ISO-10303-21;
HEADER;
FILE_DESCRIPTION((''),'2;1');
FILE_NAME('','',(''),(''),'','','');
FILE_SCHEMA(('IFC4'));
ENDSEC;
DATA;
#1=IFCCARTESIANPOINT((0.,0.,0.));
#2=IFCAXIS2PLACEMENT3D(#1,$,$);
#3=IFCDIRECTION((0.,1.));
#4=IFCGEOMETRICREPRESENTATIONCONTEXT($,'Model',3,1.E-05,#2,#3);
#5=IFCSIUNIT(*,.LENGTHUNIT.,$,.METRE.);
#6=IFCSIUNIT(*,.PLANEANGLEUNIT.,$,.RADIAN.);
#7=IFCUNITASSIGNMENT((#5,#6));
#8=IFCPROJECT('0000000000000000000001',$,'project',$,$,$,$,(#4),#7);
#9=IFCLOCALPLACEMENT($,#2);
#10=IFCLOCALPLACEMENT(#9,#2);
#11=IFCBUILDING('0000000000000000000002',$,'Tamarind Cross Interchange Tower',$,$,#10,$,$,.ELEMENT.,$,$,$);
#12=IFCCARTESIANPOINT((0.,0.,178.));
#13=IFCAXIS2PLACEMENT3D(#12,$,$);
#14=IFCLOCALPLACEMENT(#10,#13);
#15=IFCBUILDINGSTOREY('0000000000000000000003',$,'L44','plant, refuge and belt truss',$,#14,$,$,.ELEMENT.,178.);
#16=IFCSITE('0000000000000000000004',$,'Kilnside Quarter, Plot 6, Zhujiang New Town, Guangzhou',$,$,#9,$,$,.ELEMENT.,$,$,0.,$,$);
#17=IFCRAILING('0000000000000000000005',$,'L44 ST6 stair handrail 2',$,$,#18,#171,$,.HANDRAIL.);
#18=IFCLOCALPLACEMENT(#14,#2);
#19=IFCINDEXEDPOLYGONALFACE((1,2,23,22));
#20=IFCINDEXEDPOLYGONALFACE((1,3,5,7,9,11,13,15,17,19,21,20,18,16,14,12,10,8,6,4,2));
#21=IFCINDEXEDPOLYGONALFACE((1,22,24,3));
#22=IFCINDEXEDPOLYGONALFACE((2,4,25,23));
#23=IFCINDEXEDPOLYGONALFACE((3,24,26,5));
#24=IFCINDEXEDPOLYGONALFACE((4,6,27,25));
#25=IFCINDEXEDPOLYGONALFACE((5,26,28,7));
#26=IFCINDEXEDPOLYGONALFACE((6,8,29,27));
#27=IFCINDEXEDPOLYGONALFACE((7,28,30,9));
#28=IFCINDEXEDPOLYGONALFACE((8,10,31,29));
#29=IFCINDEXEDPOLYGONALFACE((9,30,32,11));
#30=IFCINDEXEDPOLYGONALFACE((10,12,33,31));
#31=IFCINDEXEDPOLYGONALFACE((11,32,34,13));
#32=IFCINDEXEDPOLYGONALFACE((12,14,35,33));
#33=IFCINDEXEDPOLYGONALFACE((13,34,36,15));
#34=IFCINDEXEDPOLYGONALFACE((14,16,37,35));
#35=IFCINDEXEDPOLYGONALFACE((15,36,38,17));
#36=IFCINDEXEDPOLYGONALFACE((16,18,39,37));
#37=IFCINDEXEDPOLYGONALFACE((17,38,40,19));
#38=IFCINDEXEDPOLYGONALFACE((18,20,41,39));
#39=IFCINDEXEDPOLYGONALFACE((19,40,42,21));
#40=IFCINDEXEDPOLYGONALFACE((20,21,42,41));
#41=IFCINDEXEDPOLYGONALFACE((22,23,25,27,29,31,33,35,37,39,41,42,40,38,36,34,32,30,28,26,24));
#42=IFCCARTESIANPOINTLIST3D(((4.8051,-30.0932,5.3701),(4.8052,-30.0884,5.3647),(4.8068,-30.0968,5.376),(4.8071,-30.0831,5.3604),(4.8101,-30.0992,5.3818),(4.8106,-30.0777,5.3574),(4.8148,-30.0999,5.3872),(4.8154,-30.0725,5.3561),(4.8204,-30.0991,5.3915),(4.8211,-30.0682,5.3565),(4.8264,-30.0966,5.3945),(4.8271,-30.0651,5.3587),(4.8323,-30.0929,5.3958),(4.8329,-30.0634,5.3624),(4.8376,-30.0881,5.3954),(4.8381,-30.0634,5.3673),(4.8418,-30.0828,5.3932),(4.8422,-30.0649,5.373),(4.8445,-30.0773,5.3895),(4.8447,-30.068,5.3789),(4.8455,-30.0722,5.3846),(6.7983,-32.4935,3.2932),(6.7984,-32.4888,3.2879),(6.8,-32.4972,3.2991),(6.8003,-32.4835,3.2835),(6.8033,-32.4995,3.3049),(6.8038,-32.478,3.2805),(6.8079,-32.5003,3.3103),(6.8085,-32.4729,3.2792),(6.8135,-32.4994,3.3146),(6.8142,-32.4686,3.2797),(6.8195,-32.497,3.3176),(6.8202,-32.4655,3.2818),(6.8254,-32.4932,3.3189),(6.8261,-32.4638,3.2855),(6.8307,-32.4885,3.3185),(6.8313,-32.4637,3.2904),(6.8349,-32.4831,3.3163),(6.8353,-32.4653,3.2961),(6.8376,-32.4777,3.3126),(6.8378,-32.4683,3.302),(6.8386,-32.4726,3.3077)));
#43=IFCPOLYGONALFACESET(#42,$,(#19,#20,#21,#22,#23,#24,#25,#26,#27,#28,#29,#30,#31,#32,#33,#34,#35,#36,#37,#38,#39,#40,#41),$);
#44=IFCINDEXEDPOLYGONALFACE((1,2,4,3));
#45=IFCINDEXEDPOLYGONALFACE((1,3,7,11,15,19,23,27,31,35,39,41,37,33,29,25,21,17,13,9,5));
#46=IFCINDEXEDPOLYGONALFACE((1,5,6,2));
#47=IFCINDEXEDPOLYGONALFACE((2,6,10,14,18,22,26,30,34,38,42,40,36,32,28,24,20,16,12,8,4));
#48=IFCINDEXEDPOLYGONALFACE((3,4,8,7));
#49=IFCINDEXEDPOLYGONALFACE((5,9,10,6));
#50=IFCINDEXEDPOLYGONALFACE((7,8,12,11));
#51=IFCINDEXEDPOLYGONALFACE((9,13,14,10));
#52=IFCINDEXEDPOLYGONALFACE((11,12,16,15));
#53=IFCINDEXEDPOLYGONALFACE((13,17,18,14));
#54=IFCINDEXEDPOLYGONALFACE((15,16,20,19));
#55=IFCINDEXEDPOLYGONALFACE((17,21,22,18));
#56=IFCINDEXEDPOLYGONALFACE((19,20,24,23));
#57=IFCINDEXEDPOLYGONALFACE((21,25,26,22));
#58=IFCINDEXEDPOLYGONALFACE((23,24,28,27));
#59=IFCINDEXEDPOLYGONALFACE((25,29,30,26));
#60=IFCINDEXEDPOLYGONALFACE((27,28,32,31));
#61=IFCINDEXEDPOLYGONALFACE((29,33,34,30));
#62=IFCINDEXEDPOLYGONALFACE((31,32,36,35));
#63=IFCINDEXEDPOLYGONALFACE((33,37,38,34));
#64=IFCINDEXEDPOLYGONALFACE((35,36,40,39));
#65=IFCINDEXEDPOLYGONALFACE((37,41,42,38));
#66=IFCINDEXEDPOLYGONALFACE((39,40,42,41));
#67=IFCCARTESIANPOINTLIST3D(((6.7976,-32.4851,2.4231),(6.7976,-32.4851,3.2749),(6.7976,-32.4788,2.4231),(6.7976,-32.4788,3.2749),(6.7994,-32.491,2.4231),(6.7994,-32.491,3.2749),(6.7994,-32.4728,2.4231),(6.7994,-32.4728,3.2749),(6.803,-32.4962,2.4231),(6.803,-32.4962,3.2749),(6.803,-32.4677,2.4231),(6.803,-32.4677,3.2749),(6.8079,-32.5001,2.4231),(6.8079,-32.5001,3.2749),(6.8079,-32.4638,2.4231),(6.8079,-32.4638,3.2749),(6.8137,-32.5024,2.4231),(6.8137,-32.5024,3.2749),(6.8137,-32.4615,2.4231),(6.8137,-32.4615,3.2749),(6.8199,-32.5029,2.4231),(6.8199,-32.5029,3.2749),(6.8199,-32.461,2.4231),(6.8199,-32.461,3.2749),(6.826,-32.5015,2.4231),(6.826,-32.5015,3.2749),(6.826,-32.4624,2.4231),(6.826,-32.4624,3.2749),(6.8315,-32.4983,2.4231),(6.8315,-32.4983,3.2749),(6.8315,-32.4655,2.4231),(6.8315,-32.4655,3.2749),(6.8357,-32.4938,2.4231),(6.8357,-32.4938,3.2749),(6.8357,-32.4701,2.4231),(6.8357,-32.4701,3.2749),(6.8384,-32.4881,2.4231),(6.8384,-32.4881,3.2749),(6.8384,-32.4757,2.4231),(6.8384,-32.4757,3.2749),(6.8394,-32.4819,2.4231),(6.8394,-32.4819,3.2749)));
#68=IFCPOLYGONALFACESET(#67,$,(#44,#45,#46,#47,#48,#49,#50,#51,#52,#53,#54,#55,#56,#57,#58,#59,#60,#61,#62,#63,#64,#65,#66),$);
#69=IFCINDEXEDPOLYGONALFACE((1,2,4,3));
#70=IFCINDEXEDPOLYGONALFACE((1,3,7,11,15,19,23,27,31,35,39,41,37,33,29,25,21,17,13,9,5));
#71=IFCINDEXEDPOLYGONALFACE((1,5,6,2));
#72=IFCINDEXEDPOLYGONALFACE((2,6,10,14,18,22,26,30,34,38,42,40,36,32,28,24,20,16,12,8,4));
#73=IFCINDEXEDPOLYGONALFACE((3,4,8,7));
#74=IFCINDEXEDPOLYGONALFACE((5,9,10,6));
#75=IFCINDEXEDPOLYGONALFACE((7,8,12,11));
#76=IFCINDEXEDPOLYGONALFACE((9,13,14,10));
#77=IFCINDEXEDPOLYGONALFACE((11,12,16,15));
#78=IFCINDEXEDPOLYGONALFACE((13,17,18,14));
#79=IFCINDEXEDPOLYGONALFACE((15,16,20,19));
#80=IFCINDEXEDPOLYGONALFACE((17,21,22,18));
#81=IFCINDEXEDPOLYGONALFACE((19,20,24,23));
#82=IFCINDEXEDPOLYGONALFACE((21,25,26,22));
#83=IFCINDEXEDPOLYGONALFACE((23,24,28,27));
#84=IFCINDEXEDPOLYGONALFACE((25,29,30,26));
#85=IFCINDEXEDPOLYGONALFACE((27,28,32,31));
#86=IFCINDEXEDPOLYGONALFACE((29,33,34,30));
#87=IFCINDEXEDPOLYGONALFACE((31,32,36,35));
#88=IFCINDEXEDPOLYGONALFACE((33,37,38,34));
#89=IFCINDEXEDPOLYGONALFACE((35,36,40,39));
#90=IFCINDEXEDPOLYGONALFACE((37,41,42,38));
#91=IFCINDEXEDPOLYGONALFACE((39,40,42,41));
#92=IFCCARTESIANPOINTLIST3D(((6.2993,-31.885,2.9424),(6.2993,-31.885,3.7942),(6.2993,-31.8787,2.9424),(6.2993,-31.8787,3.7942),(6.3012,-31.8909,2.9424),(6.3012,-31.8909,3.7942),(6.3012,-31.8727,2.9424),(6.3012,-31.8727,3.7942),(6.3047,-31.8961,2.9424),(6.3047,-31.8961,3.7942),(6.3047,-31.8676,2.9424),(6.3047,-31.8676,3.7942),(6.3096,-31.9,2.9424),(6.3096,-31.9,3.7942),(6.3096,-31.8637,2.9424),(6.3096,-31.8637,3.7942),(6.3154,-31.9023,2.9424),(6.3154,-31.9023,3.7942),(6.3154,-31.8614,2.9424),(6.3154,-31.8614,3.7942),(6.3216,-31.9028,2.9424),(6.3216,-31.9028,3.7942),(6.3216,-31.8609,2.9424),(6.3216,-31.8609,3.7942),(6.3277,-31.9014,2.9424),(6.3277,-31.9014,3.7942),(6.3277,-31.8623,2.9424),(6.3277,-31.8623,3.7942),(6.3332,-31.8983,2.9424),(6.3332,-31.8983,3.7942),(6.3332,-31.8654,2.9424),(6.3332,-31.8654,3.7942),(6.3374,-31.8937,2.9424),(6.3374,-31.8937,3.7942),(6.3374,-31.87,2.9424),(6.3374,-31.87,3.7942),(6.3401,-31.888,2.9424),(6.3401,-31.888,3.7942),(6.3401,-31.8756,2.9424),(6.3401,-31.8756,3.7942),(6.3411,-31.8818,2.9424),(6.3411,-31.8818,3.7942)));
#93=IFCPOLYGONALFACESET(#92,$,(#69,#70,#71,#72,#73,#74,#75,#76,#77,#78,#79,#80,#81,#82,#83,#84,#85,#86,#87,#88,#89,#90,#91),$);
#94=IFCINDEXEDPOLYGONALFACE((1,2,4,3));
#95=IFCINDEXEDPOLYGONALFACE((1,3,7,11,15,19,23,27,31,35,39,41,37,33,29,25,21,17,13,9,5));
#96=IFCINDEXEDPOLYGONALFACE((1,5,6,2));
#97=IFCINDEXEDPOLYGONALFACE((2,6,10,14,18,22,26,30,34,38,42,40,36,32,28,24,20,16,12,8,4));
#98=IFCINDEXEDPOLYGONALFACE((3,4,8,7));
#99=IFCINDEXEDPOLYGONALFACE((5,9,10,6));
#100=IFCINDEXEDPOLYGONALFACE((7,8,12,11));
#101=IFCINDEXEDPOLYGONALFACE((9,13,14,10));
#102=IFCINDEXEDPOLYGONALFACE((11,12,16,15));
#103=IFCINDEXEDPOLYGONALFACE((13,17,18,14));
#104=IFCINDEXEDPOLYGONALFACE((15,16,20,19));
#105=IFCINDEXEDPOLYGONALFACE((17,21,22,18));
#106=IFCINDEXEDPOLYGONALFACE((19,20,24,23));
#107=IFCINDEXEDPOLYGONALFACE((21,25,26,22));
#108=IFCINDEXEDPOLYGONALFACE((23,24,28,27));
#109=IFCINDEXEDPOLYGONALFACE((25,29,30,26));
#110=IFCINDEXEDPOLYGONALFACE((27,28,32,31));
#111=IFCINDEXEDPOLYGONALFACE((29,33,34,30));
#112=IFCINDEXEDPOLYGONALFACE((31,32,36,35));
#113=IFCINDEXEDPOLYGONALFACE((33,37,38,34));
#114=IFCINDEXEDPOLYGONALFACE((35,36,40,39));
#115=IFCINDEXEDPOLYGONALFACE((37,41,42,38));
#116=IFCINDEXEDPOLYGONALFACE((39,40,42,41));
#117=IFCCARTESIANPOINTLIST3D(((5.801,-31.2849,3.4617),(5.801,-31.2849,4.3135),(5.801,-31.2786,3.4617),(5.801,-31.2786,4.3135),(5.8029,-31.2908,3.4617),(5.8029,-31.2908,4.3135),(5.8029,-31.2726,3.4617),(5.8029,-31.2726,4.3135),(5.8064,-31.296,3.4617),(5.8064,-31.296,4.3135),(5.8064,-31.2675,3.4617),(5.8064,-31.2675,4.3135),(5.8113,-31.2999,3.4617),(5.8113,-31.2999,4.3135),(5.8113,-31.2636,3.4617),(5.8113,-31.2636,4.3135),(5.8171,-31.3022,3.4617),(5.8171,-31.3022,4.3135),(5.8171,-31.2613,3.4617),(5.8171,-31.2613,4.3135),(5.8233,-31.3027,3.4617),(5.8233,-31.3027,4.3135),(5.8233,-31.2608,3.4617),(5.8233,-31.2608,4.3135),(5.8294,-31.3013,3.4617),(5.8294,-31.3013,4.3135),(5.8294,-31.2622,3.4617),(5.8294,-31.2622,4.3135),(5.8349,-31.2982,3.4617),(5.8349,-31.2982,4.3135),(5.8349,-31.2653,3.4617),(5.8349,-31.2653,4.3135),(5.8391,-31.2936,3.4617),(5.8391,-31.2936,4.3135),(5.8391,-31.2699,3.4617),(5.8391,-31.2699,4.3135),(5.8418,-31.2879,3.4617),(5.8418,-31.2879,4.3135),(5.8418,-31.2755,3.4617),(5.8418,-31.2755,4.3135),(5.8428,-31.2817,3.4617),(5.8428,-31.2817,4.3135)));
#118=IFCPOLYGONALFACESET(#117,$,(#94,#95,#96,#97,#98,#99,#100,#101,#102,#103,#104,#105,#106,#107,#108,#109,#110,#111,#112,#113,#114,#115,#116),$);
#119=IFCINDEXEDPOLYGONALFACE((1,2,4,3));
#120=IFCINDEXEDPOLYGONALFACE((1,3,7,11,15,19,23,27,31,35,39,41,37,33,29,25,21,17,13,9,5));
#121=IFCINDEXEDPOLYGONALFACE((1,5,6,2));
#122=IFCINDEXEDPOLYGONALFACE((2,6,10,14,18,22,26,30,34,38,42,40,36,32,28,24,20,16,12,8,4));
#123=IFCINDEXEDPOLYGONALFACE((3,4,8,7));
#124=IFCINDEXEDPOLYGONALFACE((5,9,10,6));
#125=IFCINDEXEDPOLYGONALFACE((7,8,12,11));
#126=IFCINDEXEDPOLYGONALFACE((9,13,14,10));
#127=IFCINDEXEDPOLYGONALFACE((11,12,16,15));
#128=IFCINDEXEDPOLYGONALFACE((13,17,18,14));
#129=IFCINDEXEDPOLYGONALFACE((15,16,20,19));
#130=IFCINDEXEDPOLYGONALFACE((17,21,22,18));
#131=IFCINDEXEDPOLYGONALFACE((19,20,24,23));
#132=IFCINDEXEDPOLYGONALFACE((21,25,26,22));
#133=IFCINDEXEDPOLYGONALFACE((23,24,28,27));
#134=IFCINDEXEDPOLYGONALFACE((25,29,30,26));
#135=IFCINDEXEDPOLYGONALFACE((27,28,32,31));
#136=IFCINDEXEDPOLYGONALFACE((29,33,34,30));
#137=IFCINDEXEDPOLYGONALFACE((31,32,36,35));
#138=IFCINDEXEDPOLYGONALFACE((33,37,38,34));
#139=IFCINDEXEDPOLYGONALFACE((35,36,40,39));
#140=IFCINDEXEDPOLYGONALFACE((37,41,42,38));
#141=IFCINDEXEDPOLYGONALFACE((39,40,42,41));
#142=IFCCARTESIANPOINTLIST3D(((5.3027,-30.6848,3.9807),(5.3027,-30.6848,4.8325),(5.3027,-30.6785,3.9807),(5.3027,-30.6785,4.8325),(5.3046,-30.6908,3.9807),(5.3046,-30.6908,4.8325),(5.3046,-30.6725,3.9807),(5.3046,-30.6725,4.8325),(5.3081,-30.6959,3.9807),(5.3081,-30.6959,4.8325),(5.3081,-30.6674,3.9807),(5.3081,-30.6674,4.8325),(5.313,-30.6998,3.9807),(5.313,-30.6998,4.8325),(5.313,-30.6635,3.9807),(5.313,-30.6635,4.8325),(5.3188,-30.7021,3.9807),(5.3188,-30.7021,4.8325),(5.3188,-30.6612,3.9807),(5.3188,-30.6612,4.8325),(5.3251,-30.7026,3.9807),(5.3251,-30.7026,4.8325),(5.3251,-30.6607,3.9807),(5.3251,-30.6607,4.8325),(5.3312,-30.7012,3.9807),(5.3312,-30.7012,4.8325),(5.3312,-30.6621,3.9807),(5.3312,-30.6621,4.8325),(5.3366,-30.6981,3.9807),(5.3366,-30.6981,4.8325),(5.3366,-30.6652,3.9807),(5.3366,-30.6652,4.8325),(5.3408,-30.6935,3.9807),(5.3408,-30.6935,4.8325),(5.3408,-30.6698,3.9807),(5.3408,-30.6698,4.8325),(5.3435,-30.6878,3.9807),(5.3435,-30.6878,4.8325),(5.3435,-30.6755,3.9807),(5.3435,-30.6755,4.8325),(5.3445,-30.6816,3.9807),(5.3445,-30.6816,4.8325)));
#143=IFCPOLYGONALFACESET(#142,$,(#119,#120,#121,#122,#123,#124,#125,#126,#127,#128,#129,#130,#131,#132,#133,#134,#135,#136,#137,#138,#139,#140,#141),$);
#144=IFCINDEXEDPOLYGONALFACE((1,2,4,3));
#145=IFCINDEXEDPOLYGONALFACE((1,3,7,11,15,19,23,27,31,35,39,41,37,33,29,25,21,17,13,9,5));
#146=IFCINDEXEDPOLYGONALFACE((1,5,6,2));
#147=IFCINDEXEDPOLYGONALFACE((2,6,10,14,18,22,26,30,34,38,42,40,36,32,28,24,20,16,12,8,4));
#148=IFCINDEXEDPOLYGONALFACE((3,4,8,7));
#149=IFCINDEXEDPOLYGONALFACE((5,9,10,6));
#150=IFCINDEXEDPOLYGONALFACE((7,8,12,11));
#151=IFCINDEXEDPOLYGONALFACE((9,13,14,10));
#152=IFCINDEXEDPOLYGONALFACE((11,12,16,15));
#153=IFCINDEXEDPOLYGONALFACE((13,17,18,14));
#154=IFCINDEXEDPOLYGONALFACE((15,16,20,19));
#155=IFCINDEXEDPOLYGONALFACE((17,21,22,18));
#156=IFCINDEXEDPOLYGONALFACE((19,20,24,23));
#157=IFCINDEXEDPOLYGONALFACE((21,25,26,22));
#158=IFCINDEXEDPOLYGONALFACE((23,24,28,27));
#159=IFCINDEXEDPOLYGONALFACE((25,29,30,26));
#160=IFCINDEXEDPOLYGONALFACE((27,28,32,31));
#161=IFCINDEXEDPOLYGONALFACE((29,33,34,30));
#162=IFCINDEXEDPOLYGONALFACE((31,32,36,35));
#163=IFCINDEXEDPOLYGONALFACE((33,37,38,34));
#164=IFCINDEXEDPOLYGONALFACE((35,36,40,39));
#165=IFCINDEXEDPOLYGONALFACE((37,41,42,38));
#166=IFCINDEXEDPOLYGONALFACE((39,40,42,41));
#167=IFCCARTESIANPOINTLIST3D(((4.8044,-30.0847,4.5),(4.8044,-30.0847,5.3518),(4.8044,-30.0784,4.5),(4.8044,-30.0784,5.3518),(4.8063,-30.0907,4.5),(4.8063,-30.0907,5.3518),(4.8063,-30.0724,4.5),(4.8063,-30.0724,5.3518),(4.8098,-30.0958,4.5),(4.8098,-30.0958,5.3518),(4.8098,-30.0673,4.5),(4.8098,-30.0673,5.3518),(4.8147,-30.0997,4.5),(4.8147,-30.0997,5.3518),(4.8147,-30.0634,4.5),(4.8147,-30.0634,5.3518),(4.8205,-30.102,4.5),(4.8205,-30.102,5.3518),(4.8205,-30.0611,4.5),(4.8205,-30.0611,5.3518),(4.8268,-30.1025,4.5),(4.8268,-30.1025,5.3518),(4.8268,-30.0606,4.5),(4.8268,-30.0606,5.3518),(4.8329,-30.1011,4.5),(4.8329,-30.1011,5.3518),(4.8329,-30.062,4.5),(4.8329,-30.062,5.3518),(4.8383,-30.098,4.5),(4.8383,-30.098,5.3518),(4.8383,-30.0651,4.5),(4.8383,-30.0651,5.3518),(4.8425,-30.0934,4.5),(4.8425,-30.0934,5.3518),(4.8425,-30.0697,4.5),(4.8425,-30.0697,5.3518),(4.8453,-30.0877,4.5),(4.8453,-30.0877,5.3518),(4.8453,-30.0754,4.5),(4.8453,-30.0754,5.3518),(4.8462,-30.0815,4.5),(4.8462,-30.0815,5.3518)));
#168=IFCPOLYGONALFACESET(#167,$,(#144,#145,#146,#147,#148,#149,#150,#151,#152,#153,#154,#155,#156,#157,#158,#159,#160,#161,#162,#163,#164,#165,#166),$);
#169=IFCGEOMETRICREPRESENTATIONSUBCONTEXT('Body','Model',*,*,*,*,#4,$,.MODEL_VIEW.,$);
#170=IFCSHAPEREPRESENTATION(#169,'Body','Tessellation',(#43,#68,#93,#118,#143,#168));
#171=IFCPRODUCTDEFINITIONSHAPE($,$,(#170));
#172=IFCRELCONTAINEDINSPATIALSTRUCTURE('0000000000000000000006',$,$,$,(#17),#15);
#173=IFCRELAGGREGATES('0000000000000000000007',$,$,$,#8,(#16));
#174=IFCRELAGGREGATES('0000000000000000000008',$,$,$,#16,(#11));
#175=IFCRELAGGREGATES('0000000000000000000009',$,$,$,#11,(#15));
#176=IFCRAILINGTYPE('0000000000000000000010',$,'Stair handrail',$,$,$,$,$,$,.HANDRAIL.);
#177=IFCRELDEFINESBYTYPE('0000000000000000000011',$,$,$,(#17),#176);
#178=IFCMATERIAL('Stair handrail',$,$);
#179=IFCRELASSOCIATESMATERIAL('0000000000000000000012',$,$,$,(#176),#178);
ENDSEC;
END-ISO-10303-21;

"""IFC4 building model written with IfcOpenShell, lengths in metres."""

from ifc_helpers import new_model, si_unit, direction, frame, origin, origin_2d, place, context, subcontext, project, spatial, circle, extrude, material, type_object, element, save


model = new_model("IFC4")

# Units and contexts
model_context = context("Model", 3, precision=1e-05, world=origin(), true_north=direction((0.0, 1.0)))
body_context = subcontext(model_context, "Body", "Model", "MODEL_VIEW")
ifc_project = project(units=[si_unit("LENGTHUNIT", "METRE"), si_unit("PLANEANGLEUNIT", "RADIAN")], contexts=[model_context])

# Site, building, storey
site_placement = place(None, origin())
site = spatial("IfcSite", under=ifc_project, at=site_placement, Name="Kilnside Quarter, Plot 6, Zhujiang New Town, Guangzhou", CompositionType="ELEMENT", RefElevation=0.0)
building_placement = place(site_placement, origin())
building = spatial("IfcBuilding", under=site, at=building_placement, Name="Tamarind Cross Interchange Tower", CompositionType="ELEMENT")
storey_placement = place(building_placement, frame((0.0, 0.0, 178.0)))
storey = spatial("IfcBuildingStorey", under=building, at=storey_placement, Name="L44", Description="plant, refuge and belt truss", CompositionType="ELEMENT", Elevation=178.0)

# Railing
ifc_material_1 = material(Name="Stair handrail")
railing_type_1 = type_object("IfcRailingType", Name="Stair handrail", PredefinedType="HANDRAIL", material=ifc_material_1)
railing_1_placement = place(storey_placement, frame((6.8184, -32.4819, 2.4231)))
element("IfcRailing", 1, at=railing_1_placement, inside=storey, type_object=railing_type_1, Name="L44 ST6 stair handrail 2", PredefinedType="HANDRAIL", context=body_context, shape_type="SweptSolid", body=[
    extrude(circle(Radius=0.0239, at=origin_2d()), frame((0.0, 0.0, 0.876), z_axis=(-0.531783, 0.640432, 0.554125), x_axis=(-0.769349, -0.638829, 0.0)), (0.0, 0.0, 1.0), 3.748),
    extrude(circle(Radius=0.021, at=origin_2d()), origin(), (0.0, 0.0, 1.0), 0.8518),
    extrude(circle(Radius=0.021, at=origin_2d()), frame((-0.4983, 0.6001, 0.5193)), (0.0, 0.0, 1.0), 0.8518),
    extrude(circle(Radius=0.021, at=origin_2d()), frame((-0.9966, 1.2002, 1.0386)), (0.0, 0.0, 1.0), 0.8518),
    extrude(circle(Radius=0.021, at=origin_2d()), frame((-1.4949, 1.8003, 1.5576)), (0.0, 0.0, 1.0), 0.8518),
    extrude(circle(Radius=0.021, at=origin_2d()), frame((-1.9932, 2.4004, 2.0769)), (0.0, 0.0, 1.0), 0.8518),
])

save(model, "model.ifc")
